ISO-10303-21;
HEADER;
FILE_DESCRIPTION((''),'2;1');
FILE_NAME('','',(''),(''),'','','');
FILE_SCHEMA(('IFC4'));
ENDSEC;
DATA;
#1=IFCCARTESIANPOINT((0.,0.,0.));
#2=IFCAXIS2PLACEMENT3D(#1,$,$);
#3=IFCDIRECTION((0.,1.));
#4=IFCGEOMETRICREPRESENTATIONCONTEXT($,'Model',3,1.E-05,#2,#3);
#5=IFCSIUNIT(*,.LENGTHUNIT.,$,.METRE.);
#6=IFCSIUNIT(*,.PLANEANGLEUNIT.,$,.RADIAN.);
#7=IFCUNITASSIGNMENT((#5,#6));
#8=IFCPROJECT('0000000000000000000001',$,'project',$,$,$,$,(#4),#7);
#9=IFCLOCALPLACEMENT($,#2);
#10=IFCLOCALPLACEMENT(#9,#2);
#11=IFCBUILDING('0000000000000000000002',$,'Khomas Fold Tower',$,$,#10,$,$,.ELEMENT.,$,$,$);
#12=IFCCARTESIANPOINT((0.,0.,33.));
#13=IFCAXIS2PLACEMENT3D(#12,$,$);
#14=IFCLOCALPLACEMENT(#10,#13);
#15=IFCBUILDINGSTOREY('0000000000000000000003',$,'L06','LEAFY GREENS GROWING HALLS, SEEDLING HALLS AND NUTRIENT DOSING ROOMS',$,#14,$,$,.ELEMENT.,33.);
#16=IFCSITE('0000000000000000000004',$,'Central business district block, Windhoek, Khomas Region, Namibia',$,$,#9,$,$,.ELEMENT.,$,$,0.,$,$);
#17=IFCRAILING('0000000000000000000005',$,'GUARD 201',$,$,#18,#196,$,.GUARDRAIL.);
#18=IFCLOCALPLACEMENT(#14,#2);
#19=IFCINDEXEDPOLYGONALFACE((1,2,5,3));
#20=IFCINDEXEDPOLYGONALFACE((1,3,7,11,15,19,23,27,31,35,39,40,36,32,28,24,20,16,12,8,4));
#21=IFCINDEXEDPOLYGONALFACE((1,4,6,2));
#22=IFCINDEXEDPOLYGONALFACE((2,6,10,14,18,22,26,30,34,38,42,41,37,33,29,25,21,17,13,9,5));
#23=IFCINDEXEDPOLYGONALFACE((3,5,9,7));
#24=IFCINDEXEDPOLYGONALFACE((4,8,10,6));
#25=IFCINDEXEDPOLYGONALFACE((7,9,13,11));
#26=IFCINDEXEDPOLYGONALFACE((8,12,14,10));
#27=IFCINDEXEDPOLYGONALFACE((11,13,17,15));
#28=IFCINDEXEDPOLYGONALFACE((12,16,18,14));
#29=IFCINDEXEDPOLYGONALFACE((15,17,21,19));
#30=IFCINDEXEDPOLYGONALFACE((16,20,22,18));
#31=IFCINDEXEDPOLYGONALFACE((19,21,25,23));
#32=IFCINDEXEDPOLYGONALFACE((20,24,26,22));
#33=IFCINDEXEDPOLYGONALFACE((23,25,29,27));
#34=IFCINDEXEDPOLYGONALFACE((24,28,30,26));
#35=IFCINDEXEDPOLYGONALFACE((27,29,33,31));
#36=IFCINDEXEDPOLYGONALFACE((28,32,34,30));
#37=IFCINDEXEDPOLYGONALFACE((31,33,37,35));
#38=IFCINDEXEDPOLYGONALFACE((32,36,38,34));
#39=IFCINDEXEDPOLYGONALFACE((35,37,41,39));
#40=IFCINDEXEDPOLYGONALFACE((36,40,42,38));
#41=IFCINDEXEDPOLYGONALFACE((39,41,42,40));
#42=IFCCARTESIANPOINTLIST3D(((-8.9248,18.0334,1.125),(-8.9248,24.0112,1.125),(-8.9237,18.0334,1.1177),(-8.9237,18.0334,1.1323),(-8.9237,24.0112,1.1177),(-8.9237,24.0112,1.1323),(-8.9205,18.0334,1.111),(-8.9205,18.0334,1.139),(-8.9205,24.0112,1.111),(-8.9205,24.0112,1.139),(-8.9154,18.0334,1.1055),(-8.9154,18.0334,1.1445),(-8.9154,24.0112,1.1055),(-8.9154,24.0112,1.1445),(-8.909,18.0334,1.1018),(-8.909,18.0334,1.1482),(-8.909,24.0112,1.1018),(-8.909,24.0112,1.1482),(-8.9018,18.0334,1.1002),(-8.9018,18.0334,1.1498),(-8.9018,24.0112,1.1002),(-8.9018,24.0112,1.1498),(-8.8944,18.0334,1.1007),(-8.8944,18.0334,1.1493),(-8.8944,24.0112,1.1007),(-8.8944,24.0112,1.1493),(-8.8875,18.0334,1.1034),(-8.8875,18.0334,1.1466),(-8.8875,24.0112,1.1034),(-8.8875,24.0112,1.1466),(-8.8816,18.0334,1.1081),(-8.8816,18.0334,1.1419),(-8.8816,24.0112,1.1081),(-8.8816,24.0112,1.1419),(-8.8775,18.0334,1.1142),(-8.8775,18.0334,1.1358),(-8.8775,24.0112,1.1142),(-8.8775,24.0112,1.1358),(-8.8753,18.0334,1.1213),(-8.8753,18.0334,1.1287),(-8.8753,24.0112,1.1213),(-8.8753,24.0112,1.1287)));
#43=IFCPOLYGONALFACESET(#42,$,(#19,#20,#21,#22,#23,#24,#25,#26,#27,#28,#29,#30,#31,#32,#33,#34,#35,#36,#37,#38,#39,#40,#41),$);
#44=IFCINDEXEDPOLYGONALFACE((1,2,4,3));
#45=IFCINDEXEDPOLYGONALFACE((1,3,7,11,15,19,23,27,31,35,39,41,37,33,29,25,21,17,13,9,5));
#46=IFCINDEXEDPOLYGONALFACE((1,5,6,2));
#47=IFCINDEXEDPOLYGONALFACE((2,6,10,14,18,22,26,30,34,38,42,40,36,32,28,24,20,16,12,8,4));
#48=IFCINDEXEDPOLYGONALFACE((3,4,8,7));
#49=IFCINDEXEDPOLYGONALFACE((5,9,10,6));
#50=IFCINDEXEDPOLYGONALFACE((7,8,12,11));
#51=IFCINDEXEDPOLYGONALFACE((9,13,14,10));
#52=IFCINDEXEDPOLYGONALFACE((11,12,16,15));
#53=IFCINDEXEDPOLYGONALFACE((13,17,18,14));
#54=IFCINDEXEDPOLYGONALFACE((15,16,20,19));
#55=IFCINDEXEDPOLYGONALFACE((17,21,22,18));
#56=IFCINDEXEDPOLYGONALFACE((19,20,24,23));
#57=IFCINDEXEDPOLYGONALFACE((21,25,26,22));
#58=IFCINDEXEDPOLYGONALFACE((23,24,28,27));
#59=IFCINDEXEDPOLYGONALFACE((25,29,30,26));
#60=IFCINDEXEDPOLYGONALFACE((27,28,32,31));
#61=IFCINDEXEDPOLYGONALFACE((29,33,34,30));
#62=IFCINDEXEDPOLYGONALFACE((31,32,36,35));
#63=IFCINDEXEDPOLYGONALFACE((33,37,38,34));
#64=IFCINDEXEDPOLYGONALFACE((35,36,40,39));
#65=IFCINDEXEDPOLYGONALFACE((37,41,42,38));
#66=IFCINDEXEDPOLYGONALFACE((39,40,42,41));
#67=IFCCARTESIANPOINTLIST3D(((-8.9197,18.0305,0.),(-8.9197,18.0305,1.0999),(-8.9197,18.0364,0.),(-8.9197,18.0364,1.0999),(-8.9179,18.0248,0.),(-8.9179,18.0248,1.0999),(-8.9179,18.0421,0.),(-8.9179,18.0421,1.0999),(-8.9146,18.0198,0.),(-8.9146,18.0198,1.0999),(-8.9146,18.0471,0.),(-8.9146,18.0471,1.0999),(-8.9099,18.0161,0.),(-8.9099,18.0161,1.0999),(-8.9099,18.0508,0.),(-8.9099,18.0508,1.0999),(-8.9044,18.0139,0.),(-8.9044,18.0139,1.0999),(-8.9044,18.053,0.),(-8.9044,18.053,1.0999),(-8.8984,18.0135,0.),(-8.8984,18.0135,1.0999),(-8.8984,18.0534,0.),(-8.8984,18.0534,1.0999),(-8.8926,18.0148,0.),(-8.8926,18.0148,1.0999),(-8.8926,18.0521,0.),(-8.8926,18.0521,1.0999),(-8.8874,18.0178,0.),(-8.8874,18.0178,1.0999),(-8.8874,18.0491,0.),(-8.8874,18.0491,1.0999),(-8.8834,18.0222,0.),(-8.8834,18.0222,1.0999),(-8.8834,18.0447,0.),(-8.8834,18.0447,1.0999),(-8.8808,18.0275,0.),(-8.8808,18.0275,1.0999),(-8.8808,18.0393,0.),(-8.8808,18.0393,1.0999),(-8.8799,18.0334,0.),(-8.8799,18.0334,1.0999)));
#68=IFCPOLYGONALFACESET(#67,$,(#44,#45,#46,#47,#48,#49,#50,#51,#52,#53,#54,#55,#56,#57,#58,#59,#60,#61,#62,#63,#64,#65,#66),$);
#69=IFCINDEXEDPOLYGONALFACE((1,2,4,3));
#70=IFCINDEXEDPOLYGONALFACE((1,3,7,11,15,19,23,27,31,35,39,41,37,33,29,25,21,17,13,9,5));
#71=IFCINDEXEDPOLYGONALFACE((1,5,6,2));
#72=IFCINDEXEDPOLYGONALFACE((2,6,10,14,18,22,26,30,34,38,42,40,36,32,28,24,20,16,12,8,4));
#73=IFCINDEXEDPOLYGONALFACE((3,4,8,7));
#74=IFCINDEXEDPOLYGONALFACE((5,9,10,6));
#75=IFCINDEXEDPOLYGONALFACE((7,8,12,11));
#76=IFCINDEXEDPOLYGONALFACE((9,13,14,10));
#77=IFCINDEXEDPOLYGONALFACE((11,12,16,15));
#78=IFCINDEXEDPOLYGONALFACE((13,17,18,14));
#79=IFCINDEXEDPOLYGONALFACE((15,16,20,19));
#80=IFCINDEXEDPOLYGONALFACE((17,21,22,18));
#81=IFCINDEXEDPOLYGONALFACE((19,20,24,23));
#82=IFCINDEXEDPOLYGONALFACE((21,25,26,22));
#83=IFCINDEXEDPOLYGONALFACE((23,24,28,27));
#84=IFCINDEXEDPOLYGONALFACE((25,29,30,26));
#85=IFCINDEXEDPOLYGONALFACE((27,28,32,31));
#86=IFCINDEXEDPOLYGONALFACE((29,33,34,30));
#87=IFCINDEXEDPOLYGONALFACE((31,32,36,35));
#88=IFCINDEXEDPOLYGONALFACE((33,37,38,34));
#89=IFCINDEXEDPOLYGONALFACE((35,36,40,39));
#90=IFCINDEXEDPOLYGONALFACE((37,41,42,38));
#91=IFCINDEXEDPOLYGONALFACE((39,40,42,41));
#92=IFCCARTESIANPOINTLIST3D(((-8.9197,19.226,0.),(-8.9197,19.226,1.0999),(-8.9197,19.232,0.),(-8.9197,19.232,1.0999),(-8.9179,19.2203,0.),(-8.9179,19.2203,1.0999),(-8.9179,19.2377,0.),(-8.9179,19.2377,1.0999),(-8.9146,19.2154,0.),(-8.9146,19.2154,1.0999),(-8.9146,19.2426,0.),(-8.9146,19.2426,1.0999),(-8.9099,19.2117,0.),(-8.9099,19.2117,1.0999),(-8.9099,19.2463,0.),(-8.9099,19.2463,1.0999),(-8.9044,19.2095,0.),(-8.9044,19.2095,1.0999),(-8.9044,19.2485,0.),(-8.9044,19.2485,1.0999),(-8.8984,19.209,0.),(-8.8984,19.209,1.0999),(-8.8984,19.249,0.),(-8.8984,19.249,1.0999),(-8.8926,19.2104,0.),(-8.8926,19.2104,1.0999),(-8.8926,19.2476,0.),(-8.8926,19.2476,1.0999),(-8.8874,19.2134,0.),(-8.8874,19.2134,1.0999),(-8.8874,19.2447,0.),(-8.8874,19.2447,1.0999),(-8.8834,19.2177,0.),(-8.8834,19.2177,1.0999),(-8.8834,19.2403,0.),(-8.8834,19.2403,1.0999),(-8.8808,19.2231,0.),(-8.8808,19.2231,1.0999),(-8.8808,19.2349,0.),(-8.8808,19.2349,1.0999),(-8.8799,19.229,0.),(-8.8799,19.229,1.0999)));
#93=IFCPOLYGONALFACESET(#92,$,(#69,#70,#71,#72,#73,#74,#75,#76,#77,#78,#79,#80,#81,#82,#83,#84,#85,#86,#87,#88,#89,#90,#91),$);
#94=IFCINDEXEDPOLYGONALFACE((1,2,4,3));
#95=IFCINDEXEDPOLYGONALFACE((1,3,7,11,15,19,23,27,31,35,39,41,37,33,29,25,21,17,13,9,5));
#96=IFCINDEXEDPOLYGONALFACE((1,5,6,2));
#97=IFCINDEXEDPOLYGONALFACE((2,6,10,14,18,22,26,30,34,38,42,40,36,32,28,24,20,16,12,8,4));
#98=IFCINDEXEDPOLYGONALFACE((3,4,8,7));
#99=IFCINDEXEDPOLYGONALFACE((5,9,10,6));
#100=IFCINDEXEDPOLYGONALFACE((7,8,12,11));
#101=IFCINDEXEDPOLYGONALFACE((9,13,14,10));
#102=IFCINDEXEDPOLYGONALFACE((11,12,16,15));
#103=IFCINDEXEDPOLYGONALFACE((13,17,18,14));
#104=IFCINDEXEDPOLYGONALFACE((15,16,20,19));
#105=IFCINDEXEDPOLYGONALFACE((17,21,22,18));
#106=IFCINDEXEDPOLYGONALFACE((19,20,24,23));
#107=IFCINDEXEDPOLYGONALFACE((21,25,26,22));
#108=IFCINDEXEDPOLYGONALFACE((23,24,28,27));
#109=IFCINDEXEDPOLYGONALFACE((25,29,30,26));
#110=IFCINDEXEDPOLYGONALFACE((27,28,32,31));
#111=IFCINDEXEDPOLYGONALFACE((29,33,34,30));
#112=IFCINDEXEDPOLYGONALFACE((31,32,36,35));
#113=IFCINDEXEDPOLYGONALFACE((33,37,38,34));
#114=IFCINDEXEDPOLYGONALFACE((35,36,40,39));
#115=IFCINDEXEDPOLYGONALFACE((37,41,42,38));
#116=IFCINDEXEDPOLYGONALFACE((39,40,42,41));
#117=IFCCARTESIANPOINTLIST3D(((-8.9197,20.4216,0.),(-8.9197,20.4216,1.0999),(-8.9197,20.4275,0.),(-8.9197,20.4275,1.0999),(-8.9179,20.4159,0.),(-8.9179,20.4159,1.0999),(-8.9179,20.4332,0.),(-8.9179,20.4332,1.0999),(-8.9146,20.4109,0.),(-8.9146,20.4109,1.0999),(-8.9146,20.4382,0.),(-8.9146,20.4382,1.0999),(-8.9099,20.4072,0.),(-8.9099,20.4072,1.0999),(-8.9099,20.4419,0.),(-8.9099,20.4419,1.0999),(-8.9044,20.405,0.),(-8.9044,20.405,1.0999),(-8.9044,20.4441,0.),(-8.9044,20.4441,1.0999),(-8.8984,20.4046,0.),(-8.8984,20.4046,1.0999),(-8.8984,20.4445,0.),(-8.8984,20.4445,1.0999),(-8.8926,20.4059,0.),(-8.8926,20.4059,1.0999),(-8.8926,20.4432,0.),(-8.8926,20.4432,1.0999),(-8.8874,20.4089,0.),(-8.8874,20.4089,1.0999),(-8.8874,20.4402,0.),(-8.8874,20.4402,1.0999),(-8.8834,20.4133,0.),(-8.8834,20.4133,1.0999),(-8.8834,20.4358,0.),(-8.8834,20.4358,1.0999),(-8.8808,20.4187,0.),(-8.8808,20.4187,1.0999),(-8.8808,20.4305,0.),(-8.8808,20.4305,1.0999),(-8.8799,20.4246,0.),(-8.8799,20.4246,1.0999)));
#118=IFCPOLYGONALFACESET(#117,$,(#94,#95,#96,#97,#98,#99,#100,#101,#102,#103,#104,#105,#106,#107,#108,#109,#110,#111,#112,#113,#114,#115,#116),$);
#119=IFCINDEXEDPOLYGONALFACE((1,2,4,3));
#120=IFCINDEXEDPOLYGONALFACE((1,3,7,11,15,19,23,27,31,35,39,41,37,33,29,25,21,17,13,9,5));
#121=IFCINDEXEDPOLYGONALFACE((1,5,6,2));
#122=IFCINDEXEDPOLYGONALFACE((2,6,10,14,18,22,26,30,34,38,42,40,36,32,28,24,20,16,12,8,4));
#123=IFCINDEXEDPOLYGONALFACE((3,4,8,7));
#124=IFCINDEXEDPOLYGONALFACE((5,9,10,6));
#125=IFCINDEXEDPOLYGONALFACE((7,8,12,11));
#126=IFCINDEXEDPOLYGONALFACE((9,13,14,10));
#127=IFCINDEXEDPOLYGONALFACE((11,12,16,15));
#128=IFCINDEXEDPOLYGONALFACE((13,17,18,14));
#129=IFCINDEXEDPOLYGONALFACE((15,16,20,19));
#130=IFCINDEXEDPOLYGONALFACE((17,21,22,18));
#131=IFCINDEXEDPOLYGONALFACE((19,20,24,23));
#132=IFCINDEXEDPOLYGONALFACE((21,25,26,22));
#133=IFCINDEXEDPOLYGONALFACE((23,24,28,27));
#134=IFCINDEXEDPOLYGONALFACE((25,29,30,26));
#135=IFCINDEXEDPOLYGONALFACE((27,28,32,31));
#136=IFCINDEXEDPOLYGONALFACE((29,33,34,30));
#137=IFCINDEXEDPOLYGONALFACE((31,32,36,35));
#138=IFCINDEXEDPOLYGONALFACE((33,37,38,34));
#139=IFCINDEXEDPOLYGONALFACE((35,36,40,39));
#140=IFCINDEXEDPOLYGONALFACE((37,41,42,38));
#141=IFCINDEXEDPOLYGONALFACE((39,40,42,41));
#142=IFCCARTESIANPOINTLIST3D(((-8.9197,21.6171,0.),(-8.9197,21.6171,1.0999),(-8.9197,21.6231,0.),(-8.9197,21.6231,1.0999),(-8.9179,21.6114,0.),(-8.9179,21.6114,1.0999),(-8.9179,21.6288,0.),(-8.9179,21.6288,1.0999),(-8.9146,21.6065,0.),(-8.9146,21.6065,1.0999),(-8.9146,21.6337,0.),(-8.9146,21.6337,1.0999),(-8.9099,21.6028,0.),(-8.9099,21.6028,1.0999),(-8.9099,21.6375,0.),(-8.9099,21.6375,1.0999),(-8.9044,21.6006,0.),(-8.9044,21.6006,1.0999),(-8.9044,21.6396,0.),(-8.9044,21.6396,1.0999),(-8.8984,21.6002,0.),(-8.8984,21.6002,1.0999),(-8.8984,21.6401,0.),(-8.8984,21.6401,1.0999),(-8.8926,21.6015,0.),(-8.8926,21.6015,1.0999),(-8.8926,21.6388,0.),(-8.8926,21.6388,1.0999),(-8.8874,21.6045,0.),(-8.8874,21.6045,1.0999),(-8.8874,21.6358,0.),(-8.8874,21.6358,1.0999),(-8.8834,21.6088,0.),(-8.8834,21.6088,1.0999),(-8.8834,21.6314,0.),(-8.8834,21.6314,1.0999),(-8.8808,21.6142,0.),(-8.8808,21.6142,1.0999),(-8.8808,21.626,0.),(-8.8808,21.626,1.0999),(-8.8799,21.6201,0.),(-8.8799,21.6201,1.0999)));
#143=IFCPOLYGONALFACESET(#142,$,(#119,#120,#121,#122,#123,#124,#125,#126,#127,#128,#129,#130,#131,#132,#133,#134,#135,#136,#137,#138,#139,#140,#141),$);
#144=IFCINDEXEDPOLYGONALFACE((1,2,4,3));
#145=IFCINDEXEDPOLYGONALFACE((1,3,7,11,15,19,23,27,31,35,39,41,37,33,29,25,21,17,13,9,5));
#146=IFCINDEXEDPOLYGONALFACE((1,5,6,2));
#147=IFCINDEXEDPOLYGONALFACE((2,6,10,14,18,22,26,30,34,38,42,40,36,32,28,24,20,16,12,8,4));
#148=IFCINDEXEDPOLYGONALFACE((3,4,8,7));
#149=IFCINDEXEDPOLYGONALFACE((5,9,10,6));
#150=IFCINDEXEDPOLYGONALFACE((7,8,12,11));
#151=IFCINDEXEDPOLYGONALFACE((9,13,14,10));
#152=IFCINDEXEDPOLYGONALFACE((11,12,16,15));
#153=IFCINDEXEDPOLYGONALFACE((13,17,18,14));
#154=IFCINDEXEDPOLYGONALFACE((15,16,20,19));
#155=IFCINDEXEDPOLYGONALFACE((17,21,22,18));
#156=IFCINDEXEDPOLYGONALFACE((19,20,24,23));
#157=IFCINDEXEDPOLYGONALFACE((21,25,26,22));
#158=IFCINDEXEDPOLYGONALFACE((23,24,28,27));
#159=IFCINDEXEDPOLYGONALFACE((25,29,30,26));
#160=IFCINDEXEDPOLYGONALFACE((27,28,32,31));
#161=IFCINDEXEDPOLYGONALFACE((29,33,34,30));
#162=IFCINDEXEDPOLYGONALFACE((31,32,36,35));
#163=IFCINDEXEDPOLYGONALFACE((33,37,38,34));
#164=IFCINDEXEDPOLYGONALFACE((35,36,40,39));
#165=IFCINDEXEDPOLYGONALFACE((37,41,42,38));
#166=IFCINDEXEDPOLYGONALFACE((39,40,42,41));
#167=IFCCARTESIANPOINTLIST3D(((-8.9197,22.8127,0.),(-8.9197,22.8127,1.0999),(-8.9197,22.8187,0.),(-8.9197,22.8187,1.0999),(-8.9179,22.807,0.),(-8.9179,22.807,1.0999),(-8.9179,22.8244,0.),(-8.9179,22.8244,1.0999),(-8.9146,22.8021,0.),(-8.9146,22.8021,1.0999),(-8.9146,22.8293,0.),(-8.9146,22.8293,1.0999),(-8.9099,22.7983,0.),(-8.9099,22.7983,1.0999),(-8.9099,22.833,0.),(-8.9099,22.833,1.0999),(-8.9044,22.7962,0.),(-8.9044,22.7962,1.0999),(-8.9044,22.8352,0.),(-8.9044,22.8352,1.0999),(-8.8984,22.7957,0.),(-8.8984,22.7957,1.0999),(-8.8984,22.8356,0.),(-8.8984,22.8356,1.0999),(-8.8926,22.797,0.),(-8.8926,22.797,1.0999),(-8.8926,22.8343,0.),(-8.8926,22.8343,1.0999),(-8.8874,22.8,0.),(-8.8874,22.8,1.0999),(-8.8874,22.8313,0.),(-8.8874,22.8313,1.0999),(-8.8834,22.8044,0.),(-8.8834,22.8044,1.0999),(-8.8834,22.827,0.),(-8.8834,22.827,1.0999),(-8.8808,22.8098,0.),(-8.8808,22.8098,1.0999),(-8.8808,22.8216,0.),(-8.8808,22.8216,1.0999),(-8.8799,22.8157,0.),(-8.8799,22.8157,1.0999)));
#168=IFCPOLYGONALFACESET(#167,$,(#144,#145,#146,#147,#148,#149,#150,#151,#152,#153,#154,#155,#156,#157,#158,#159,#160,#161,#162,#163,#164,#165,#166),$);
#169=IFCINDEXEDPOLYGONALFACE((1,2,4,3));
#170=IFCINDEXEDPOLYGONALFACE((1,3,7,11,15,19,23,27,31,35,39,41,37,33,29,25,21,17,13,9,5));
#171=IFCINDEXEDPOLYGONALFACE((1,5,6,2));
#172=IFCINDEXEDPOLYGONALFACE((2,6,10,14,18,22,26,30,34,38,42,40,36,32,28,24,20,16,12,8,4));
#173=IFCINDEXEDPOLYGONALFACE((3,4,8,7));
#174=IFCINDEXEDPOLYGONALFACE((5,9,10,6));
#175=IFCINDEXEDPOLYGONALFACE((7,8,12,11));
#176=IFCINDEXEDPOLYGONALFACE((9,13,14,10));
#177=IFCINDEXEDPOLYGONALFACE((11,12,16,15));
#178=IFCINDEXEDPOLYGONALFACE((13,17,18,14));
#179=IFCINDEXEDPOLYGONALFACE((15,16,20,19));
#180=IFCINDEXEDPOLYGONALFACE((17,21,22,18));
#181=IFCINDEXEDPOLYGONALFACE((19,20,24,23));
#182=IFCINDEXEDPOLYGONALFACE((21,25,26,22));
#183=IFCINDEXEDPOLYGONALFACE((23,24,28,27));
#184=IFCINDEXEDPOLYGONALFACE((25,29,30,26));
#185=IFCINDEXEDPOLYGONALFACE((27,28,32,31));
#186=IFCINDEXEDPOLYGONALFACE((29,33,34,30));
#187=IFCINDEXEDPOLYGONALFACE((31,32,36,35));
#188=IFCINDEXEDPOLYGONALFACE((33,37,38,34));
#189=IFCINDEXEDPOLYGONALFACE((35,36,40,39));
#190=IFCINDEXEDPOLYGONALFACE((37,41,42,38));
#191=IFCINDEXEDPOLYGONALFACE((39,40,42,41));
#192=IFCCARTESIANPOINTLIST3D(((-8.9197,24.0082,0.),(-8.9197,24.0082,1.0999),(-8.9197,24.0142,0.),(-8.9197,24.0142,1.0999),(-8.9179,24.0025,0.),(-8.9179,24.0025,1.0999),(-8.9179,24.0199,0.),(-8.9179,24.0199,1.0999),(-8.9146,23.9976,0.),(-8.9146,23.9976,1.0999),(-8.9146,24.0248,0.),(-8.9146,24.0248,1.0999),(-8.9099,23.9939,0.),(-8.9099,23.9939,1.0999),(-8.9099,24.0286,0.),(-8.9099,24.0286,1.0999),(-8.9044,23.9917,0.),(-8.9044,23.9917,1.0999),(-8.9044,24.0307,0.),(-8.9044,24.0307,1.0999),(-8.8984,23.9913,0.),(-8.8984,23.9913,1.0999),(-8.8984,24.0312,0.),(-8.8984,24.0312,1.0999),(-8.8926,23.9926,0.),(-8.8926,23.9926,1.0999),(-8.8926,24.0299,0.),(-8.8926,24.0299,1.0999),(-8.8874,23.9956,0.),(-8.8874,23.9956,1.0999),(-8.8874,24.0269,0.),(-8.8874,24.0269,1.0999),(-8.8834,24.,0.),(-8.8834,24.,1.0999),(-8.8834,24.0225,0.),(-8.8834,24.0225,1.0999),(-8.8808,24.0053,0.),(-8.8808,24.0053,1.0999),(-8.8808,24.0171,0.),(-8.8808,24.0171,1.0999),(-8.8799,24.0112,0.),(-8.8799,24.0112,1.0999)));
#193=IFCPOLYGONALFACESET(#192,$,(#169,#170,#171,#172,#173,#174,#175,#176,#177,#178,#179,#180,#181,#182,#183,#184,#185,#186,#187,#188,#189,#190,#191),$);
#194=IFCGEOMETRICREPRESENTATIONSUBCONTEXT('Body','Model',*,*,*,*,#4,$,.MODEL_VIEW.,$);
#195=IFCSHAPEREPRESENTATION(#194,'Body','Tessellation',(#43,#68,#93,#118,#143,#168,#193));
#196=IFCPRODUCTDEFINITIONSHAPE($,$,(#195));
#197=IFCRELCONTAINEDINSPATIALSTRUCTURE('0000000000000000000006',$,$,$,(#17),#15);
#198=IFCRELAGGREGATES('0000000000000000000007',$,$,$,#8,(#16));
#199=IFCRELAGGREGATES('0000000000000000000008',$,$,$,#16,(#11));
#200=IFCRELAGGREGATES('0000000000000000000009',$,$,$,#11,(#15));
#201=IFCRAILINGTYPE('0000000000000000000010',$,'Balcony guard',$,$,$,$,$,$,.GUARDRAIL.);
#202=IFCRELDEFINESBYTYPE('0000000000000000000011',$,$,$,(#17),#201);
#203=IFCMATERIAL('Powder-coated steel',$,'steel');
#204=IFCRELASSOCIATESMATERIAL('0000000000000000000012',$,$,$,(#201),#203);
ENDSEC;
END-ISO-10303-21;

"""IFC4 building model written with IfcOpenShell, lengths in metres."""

from ifc_helpers import new_model, si_unit, direction, frame, origin, origin_2d, place, context, subcontext, project, spatial, circle, extrude, source, transform, mapped, material, type_object, element, save


model = new_model("IFC4")

# Units and contexts
model_context = context("Model", 3, precision=1e-05, world=origin(), true_north=direction((0.0, 1.0)))
body_context = subcontext(model_context, "Body", "Model", "MODEL_VIEW")
ifc_project = project(units=[si_unit("LENGTHUNIT", "METRE"), si_unit("PLANEANGLEUNIT", "RADIAN")], contexts=[model_context])

# Site, building, storey
site_placement = place(None, origin())
site = spatial("IfcSite", under=ifc_project, at=site_placement, Name="Central business district block, Windhoek, Khomas Region, Namibia", CompositionType="ELEMENT", RefElevation=0.0)
building_placement = place(site_placement, origin())
building = spatial("IfcBuilding", under=site, at=building_placement, Name="Khomas Fold Tower", CompositionType="ELEMENT")
storey_placement = place(building_placement, frame((0.0, 0.0, 33.0)))
storey = spatial("IfcBuildingStorey", under=building, at=storey_placement, Name="L06", Description="LEAFY GREENS GROWING HALLS, SEEDLING HALLS AND NUTRIENT DOSING ROOMS", CompositionType="ELEMENT", Elevation=33.0)

# Railing
ifc_material_1 = material(Name="Powder-coated steel", Category="steel")
railing_type = type_object("IfcRailingType", Name="Balcony guard", PredefinedType="GUARDRAIL", material=ifc_material_1)
shared_shape_1 = source(origin(), body_context, "Body", "SweptSolid", [
    extrude(circle(Radius=0.0249, at=origin_2d()), frame((0.0, 0.0, 1.125), z_axis=(0.0, 1.0, 0.0), x_axis=(-1.0, 0.0, 0.0)), (0.0, 0.0, 1.0), 5.9778),
    extrude(circle(Radius=0.02, at=origin_2d()), origin(), (0.0, 0.0, 1.0), 1.0999),
    extrude(circle(Radius=0.02, at=origin_2d()), frame((0.0, 1.1956, 0.0)), (0.0, 0.0, 1.0), 1.0999),
    extrude(circle(Radius=0.02, at=origin_2d()), frame((0.0, 2.3911, 0.0)), (0.0, 0.0, 1.0), 1.0999),
    extrude(circle(Radius=0.02, at=origin_2d()), frame((0.0, 3.5867, 0.0)), (0.0, 0.0, 1.0), 1.0999),
    extrude(circle(Radius=0.02, at=origin_2d()), frame((0.0, 4.7822, 0.0)), (0.0, 0.0, 1.0), 1.0999),
    extrude(circle(Radius=0.02, at=origin_2d()), frame((0.0, 5.9778, 0.0)), (0.0, 0.0, 1.0), 1.0999),
])
for number, where, name in (
    (1, (-8.8999, 18.0334, 0.0), "GUARD 201"),
):
    element("IfcRailing", number, at=place(storey_placement, frame(where)), inside=storey, type_object=railing_type, Name=name, PredefinedType="GUARDRAIL", context=body_context, shape_type="MappedRepresentation", body=[
        mapped(shared_shape_1, transform((0.0, 0.0, 0.0))),
    ])

save(model, "model.ifc")
